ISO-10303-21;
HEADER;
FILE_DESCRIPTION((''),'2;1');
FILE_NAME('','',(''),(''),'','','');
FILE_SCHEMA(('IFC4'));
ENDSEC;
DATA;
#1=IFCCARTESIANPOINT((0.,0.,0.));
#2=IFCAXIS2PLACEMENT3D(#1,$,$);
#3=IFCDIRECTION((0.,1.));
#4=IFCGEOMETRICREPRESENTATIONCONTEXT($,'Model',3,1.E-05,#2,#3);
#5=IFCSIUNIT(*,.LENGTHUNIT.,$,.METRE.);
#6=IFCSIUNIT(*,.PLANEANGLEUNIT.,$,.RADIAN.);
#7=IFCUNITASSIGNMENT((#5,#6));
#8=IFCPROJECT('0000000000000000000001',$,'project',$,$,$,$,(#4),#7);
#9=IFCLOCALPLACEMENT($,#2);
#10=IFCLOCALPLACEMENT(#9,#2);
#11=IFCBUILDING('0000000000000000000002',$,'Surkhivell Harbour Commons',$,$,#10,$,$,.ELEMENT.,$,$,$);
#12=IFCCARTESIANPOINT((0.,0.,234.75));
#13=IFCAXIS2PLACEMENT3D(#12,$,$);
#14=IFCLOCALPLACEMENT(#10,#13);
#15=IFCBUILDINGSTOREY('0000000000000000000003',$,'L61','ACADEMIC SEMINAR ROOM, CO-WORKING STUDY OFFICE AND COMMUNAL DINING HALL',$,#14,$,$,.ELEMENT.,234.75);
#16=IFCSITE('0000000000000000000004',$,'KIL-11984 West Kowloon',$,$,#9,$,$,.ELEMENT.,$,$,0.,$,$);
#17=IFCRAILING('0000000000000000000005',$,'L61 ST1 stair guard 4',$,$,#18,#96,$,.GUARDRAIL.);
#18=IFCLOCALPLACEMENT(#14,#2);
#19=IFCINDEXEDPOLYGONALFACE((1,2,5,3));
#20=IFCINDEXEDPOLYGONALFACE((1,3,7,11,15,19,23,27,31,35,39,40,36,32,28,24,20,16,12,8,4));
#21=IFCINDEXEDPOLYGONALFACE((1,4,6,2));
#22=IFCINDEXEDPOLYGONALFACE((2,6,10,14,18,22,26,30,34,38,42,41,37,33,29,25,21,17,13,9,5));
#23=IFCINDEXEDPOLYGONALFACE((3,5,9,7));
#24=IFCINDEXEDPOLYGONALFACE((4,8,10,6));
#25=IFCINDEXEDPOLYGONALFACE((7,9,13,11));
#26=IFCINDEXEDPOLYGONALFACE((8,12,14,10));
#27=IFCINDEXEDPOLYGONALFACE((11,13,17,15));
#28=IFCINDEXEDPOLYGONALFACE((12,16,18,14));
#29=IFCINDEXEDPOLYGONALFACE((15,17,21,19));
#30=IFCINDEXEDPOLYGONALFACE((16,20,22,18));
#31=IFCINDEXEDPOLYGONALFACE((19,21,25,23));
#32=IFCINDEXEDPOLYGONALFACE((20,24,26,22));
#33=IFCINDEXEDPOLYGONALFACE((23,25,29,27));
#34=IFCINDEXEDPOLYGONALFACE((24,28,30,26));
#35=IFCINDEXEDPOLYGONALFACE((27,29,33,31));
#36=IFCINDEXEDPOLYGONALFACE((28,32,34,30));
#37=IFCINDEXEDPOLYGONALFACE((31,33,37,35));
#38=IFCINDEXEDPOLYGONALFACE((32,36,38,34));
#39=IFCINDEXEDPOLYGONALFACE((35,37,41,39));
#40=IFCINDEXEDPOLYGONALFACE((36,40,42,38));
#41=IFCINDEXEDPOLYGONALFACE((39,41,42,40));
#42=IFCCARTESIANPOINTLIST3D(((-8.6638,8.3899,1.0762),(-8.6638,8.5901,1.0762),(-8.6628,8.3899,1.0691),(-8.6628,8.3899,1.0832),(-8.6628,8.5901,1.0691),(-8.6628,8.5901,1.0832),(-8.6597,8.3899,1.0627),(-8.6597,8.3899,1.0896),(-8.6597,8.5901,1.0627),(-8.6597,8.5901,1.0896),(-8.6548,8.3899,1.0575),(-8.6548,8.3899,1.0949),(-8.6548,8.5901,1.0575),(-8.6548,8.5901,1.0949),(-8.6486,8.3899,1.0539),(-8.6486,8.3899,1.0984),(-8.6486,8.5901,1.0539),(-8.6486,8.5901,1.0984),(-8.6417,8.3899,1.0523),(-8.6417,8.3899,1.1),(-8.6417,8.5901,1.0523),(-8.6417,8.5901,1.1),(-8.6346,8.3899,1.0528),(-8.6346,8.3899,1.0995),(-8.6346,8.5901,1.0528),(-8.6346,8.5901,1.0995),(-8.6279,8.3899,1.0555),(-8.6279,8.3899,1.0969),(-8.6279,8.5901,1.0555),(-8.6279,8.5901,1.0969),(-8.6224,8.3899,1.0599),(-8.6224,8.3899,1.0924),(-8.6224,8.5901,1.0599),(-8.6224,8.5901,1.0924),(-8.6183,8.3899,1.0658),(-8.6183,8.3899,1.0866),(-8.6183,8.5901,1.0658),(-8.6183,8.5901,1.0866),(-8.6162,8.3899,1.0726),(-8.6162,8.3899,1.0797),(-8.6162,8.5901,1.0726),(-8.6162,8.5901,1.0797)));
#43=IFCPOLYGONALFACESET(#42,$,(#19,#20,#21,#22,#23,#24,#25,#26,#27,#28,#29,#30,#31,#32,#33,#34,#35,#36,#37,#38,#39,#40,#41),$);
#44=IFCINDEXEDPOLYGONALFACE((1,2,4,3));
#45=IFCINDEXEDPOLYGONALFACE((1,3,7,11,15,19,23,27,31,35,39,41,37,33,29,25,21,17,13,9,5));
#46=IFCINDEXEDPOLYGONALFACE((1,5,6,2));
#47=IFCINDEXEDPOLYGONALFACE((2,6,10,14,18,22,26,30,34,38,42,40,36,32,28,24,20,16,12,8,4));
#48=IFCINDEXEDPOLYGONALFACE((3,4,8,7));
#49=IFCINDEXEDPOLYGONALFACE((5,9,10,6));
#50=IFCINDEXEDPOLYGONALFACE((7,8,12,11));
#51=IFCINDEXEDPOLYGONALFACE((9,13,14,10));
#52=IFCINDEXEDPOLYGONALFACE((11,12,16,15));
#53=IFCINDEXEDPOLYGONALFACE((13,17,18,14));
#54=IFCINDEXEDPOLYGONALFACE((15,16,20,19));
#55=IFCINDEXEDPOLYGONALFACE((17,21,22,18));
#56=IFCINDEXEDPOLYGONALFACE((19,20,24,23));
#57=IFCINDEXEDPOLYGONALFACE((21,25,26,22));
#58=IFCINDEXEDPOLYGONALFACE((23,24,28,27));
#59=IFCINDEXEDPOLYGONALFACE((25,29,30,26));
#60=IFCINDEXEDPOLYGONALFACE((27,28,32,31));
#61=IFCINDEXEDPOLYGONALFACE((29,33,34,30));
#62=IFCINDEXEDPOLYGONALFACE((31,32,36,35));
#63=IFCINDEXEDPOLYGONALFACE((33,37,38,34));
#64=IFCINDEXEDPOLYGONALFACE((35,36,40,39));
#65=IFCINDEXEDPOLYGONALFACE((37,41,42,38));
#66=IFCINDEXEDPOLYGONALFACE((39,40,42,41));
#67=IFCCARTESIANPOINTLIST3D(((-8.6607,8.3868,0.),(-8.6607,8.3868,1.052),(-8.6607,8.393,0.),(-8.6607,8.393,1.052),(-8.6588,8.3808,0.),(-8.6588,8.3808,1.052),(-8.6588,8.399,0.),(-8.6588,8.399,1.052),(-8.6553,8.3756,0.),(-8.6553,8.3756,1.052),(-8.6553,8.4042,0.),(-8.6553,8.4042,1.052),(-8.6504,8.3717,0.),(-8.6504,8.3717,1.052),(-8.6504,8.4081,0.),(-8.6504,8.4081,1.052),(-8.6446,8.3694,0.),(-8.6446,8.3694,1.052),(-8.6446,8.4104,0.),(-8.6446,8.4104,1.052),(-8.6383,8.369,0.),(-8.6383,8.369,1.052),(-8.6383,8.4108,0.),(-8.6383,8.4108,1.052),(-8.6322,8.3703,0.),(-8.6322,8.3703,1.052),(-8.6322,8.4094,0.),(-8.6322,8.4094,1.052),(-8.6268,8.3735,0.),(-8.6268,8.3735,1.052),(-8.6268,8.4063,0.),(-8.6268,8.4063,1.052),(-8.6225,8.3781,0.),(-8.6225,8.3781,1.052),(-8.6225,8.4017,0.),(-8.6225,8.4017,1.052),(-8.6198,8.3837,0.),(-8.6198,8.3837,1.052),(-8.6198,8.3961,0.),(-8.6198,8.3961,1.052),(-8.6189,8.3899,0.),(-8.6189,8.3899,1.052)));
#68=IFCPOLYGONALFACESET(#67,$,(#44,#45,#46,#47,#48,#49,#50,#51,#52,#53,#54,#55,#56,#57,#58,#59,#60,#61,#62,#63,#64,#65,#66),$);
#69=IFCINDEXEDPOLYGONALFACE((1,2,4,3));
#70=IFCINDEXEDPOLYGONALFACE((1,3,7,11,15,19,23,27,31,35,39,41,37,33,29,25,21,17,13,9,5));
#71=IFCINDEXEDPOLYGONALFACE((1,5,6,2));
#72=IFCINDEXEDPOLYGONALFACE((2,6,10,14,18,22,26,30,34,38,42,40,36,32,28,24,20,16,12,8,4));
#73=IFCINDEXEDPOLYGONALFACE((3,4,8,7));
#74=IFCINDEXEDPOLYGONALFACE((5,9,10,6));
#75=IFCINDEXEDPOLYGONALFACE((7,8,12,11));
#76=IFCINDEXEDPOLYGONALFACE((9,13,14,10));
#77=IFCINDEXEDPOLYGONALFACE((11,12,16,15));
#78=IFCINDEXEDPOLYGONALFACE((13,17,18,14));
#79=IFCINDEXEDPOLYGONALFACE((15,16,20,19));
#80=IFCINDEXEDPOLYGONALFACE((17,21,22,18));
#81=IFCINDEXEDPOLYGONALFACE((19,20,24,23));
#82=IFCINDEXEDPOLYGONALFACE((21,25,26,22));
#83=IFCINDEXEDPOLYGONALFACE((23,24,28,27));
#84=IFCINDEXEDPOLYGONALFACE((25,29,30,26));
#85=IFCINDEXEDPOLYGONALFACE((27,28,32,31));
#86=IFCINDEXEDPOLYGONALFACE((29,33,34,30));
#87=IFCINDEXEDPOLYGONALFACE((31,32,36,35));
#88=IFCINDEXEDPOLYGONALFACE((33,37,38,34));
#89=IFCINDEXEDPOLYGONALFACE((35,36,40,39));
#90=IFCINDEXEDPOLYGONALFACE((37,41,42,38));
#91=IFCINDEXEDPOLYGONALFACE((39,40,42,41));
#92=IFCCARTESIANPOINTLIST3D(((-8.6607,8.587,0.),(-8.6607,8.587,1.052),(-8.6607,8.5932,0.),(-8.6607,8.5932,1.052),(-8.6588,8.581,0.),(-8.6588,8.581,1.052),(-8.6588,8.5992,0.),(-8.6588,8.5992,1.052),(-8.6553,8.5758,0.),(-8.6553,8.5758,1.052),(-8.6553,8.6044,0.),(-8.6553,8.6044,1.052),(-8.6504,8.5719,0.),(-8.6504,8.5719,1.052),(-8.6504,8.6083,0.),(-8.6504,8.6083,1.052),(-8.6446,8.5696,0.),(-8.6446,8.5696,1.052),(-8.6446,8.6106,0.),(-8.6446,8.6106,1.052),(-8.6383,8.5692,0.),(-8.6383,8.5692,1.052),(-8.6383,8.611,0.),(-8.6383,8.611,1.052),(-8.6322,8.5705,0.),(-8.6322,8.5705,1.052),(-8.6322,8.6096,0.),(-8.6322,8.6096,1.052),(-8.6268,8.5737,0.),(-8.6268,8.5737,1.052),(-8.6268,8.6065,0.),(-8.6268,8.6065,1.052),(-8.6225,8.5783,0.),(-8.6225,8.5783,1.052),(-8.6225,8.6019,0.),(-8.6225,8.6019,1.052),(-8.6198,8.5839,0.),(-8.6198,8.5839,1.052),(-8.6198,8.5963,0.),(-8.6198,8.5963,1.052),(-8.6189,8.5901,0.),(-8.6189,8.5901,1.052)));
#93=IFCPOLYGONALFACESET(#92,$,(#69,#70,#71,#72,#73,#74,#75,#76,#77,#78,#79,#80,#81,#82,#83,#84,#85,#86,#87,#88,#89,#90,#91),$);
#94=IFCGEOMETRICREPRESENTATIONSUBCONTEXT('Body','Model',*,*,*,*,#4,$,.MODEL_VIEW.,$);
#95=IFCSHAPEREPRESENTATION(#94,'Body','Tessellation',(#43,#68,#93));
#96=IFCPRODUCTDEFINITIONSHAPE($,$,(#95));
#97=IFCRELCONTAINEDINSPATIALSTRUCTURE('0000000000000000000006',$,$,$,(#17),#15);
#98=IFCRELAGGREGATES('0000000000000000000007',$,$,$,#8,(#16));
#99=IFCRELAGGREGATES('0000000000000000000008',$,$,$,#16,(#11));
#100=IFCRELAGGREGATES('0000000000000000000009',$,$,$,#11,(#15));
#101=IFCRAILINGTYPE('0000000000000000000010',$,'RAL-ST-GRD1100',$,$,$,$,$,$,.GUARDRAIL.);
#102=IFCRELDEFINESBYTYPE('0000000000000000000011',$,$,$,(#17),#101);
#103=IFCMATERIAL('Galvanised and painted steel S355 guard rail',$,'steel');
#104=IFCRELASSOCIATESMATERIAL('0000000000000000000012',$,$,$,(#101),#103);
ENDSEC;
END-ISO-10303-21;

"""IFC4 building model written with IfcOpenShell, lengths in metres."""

from ifc_helpers import new_model, si_unit, direction, frame, origin, origin_2d, place, context, subcontext, project, spatial, circle, extrude, material, type_object, element, save


model = new_model("IFC4")

# Units and contexts
model_context = context("Model", 3, precision=1e-05, world=origin(), true_north=direction((0.0, 1.0)))
body_context = subcontext(model_context, "Body", "Model", "MODEL_VIEW")
ifc_project = project(units=[si_unit("LENGTHUNIT", "METRE"), si_unit("PLANEANGLEUNIT", "RADIAN")], contexts=[model_context])

# Site, building, storey
site_placement = place(None, origin())
site = spatial("IfcSite", under=ifc_project, at=site_placement, Name="KIL-11984 West Kowloon", CompositionType="ELEMENT", RefElevation=0.0)
building_placement = place(site_placement, origin())
building = spatial("IfcBuilding", under=site, at=building_placement, Name="Surkhivell Harbour Commons", CompositionType="ELEMENT")
storey_placement = place(building_placement, frame((0.0, 0.0, 234.75)))
storey = spatial("IfcBuildingStorey", under=building, at=storey_placement, Name="L61", Description="ACADEMIC SEMINAR ROOM, CO-WORKING STUDY OFFICE AND COMMUNAL DINING HALL", CompositionType="ELEMENT", Elevation=234.75)

# Railing
ifc_material_1 = material(Name="Galvanised and painted steel S355 guard rail", Category="steel")
railing_type_1 = type_object("IfcRailingType", Name="RAL-ST-GRD1100", PredefinedType="GUARDRAIL", material=ifc_material_1)
railing_1_placement = place(storey_placement, frame((-8.6399, 8.3899, 0.0)))
element("IfcRailing", 1, at=railing_1_placement, inside=storey, type_object=railing_type_1, Name="L61 ST1 stair guard 4", PredefinedType="GUARDRAIL", context=body_context, shape_type="SweptSolid", body=[
    extrude(circle(Radius=0.0239, at=origin_2d()), frame((0.0, 0.0, 1.0762), z_axis=(0.0, 1.0, 0.0), x_axis=(-1.0, 0.0, 0.0)), (0.0, 0.0, 1.0), 0.2002),
    extrude(circle(Radius=0.021, at=origin_2d()), origin(), (0.0, 0.0, 1.0), 1.052),
    extrude(circle(Radius=0.021, at=origin_2d()), frame((0.0, 0.2002, 0.0)), (0.0, 0.0, 1.0), 1.052),
])

save(model, "model.ifc")
